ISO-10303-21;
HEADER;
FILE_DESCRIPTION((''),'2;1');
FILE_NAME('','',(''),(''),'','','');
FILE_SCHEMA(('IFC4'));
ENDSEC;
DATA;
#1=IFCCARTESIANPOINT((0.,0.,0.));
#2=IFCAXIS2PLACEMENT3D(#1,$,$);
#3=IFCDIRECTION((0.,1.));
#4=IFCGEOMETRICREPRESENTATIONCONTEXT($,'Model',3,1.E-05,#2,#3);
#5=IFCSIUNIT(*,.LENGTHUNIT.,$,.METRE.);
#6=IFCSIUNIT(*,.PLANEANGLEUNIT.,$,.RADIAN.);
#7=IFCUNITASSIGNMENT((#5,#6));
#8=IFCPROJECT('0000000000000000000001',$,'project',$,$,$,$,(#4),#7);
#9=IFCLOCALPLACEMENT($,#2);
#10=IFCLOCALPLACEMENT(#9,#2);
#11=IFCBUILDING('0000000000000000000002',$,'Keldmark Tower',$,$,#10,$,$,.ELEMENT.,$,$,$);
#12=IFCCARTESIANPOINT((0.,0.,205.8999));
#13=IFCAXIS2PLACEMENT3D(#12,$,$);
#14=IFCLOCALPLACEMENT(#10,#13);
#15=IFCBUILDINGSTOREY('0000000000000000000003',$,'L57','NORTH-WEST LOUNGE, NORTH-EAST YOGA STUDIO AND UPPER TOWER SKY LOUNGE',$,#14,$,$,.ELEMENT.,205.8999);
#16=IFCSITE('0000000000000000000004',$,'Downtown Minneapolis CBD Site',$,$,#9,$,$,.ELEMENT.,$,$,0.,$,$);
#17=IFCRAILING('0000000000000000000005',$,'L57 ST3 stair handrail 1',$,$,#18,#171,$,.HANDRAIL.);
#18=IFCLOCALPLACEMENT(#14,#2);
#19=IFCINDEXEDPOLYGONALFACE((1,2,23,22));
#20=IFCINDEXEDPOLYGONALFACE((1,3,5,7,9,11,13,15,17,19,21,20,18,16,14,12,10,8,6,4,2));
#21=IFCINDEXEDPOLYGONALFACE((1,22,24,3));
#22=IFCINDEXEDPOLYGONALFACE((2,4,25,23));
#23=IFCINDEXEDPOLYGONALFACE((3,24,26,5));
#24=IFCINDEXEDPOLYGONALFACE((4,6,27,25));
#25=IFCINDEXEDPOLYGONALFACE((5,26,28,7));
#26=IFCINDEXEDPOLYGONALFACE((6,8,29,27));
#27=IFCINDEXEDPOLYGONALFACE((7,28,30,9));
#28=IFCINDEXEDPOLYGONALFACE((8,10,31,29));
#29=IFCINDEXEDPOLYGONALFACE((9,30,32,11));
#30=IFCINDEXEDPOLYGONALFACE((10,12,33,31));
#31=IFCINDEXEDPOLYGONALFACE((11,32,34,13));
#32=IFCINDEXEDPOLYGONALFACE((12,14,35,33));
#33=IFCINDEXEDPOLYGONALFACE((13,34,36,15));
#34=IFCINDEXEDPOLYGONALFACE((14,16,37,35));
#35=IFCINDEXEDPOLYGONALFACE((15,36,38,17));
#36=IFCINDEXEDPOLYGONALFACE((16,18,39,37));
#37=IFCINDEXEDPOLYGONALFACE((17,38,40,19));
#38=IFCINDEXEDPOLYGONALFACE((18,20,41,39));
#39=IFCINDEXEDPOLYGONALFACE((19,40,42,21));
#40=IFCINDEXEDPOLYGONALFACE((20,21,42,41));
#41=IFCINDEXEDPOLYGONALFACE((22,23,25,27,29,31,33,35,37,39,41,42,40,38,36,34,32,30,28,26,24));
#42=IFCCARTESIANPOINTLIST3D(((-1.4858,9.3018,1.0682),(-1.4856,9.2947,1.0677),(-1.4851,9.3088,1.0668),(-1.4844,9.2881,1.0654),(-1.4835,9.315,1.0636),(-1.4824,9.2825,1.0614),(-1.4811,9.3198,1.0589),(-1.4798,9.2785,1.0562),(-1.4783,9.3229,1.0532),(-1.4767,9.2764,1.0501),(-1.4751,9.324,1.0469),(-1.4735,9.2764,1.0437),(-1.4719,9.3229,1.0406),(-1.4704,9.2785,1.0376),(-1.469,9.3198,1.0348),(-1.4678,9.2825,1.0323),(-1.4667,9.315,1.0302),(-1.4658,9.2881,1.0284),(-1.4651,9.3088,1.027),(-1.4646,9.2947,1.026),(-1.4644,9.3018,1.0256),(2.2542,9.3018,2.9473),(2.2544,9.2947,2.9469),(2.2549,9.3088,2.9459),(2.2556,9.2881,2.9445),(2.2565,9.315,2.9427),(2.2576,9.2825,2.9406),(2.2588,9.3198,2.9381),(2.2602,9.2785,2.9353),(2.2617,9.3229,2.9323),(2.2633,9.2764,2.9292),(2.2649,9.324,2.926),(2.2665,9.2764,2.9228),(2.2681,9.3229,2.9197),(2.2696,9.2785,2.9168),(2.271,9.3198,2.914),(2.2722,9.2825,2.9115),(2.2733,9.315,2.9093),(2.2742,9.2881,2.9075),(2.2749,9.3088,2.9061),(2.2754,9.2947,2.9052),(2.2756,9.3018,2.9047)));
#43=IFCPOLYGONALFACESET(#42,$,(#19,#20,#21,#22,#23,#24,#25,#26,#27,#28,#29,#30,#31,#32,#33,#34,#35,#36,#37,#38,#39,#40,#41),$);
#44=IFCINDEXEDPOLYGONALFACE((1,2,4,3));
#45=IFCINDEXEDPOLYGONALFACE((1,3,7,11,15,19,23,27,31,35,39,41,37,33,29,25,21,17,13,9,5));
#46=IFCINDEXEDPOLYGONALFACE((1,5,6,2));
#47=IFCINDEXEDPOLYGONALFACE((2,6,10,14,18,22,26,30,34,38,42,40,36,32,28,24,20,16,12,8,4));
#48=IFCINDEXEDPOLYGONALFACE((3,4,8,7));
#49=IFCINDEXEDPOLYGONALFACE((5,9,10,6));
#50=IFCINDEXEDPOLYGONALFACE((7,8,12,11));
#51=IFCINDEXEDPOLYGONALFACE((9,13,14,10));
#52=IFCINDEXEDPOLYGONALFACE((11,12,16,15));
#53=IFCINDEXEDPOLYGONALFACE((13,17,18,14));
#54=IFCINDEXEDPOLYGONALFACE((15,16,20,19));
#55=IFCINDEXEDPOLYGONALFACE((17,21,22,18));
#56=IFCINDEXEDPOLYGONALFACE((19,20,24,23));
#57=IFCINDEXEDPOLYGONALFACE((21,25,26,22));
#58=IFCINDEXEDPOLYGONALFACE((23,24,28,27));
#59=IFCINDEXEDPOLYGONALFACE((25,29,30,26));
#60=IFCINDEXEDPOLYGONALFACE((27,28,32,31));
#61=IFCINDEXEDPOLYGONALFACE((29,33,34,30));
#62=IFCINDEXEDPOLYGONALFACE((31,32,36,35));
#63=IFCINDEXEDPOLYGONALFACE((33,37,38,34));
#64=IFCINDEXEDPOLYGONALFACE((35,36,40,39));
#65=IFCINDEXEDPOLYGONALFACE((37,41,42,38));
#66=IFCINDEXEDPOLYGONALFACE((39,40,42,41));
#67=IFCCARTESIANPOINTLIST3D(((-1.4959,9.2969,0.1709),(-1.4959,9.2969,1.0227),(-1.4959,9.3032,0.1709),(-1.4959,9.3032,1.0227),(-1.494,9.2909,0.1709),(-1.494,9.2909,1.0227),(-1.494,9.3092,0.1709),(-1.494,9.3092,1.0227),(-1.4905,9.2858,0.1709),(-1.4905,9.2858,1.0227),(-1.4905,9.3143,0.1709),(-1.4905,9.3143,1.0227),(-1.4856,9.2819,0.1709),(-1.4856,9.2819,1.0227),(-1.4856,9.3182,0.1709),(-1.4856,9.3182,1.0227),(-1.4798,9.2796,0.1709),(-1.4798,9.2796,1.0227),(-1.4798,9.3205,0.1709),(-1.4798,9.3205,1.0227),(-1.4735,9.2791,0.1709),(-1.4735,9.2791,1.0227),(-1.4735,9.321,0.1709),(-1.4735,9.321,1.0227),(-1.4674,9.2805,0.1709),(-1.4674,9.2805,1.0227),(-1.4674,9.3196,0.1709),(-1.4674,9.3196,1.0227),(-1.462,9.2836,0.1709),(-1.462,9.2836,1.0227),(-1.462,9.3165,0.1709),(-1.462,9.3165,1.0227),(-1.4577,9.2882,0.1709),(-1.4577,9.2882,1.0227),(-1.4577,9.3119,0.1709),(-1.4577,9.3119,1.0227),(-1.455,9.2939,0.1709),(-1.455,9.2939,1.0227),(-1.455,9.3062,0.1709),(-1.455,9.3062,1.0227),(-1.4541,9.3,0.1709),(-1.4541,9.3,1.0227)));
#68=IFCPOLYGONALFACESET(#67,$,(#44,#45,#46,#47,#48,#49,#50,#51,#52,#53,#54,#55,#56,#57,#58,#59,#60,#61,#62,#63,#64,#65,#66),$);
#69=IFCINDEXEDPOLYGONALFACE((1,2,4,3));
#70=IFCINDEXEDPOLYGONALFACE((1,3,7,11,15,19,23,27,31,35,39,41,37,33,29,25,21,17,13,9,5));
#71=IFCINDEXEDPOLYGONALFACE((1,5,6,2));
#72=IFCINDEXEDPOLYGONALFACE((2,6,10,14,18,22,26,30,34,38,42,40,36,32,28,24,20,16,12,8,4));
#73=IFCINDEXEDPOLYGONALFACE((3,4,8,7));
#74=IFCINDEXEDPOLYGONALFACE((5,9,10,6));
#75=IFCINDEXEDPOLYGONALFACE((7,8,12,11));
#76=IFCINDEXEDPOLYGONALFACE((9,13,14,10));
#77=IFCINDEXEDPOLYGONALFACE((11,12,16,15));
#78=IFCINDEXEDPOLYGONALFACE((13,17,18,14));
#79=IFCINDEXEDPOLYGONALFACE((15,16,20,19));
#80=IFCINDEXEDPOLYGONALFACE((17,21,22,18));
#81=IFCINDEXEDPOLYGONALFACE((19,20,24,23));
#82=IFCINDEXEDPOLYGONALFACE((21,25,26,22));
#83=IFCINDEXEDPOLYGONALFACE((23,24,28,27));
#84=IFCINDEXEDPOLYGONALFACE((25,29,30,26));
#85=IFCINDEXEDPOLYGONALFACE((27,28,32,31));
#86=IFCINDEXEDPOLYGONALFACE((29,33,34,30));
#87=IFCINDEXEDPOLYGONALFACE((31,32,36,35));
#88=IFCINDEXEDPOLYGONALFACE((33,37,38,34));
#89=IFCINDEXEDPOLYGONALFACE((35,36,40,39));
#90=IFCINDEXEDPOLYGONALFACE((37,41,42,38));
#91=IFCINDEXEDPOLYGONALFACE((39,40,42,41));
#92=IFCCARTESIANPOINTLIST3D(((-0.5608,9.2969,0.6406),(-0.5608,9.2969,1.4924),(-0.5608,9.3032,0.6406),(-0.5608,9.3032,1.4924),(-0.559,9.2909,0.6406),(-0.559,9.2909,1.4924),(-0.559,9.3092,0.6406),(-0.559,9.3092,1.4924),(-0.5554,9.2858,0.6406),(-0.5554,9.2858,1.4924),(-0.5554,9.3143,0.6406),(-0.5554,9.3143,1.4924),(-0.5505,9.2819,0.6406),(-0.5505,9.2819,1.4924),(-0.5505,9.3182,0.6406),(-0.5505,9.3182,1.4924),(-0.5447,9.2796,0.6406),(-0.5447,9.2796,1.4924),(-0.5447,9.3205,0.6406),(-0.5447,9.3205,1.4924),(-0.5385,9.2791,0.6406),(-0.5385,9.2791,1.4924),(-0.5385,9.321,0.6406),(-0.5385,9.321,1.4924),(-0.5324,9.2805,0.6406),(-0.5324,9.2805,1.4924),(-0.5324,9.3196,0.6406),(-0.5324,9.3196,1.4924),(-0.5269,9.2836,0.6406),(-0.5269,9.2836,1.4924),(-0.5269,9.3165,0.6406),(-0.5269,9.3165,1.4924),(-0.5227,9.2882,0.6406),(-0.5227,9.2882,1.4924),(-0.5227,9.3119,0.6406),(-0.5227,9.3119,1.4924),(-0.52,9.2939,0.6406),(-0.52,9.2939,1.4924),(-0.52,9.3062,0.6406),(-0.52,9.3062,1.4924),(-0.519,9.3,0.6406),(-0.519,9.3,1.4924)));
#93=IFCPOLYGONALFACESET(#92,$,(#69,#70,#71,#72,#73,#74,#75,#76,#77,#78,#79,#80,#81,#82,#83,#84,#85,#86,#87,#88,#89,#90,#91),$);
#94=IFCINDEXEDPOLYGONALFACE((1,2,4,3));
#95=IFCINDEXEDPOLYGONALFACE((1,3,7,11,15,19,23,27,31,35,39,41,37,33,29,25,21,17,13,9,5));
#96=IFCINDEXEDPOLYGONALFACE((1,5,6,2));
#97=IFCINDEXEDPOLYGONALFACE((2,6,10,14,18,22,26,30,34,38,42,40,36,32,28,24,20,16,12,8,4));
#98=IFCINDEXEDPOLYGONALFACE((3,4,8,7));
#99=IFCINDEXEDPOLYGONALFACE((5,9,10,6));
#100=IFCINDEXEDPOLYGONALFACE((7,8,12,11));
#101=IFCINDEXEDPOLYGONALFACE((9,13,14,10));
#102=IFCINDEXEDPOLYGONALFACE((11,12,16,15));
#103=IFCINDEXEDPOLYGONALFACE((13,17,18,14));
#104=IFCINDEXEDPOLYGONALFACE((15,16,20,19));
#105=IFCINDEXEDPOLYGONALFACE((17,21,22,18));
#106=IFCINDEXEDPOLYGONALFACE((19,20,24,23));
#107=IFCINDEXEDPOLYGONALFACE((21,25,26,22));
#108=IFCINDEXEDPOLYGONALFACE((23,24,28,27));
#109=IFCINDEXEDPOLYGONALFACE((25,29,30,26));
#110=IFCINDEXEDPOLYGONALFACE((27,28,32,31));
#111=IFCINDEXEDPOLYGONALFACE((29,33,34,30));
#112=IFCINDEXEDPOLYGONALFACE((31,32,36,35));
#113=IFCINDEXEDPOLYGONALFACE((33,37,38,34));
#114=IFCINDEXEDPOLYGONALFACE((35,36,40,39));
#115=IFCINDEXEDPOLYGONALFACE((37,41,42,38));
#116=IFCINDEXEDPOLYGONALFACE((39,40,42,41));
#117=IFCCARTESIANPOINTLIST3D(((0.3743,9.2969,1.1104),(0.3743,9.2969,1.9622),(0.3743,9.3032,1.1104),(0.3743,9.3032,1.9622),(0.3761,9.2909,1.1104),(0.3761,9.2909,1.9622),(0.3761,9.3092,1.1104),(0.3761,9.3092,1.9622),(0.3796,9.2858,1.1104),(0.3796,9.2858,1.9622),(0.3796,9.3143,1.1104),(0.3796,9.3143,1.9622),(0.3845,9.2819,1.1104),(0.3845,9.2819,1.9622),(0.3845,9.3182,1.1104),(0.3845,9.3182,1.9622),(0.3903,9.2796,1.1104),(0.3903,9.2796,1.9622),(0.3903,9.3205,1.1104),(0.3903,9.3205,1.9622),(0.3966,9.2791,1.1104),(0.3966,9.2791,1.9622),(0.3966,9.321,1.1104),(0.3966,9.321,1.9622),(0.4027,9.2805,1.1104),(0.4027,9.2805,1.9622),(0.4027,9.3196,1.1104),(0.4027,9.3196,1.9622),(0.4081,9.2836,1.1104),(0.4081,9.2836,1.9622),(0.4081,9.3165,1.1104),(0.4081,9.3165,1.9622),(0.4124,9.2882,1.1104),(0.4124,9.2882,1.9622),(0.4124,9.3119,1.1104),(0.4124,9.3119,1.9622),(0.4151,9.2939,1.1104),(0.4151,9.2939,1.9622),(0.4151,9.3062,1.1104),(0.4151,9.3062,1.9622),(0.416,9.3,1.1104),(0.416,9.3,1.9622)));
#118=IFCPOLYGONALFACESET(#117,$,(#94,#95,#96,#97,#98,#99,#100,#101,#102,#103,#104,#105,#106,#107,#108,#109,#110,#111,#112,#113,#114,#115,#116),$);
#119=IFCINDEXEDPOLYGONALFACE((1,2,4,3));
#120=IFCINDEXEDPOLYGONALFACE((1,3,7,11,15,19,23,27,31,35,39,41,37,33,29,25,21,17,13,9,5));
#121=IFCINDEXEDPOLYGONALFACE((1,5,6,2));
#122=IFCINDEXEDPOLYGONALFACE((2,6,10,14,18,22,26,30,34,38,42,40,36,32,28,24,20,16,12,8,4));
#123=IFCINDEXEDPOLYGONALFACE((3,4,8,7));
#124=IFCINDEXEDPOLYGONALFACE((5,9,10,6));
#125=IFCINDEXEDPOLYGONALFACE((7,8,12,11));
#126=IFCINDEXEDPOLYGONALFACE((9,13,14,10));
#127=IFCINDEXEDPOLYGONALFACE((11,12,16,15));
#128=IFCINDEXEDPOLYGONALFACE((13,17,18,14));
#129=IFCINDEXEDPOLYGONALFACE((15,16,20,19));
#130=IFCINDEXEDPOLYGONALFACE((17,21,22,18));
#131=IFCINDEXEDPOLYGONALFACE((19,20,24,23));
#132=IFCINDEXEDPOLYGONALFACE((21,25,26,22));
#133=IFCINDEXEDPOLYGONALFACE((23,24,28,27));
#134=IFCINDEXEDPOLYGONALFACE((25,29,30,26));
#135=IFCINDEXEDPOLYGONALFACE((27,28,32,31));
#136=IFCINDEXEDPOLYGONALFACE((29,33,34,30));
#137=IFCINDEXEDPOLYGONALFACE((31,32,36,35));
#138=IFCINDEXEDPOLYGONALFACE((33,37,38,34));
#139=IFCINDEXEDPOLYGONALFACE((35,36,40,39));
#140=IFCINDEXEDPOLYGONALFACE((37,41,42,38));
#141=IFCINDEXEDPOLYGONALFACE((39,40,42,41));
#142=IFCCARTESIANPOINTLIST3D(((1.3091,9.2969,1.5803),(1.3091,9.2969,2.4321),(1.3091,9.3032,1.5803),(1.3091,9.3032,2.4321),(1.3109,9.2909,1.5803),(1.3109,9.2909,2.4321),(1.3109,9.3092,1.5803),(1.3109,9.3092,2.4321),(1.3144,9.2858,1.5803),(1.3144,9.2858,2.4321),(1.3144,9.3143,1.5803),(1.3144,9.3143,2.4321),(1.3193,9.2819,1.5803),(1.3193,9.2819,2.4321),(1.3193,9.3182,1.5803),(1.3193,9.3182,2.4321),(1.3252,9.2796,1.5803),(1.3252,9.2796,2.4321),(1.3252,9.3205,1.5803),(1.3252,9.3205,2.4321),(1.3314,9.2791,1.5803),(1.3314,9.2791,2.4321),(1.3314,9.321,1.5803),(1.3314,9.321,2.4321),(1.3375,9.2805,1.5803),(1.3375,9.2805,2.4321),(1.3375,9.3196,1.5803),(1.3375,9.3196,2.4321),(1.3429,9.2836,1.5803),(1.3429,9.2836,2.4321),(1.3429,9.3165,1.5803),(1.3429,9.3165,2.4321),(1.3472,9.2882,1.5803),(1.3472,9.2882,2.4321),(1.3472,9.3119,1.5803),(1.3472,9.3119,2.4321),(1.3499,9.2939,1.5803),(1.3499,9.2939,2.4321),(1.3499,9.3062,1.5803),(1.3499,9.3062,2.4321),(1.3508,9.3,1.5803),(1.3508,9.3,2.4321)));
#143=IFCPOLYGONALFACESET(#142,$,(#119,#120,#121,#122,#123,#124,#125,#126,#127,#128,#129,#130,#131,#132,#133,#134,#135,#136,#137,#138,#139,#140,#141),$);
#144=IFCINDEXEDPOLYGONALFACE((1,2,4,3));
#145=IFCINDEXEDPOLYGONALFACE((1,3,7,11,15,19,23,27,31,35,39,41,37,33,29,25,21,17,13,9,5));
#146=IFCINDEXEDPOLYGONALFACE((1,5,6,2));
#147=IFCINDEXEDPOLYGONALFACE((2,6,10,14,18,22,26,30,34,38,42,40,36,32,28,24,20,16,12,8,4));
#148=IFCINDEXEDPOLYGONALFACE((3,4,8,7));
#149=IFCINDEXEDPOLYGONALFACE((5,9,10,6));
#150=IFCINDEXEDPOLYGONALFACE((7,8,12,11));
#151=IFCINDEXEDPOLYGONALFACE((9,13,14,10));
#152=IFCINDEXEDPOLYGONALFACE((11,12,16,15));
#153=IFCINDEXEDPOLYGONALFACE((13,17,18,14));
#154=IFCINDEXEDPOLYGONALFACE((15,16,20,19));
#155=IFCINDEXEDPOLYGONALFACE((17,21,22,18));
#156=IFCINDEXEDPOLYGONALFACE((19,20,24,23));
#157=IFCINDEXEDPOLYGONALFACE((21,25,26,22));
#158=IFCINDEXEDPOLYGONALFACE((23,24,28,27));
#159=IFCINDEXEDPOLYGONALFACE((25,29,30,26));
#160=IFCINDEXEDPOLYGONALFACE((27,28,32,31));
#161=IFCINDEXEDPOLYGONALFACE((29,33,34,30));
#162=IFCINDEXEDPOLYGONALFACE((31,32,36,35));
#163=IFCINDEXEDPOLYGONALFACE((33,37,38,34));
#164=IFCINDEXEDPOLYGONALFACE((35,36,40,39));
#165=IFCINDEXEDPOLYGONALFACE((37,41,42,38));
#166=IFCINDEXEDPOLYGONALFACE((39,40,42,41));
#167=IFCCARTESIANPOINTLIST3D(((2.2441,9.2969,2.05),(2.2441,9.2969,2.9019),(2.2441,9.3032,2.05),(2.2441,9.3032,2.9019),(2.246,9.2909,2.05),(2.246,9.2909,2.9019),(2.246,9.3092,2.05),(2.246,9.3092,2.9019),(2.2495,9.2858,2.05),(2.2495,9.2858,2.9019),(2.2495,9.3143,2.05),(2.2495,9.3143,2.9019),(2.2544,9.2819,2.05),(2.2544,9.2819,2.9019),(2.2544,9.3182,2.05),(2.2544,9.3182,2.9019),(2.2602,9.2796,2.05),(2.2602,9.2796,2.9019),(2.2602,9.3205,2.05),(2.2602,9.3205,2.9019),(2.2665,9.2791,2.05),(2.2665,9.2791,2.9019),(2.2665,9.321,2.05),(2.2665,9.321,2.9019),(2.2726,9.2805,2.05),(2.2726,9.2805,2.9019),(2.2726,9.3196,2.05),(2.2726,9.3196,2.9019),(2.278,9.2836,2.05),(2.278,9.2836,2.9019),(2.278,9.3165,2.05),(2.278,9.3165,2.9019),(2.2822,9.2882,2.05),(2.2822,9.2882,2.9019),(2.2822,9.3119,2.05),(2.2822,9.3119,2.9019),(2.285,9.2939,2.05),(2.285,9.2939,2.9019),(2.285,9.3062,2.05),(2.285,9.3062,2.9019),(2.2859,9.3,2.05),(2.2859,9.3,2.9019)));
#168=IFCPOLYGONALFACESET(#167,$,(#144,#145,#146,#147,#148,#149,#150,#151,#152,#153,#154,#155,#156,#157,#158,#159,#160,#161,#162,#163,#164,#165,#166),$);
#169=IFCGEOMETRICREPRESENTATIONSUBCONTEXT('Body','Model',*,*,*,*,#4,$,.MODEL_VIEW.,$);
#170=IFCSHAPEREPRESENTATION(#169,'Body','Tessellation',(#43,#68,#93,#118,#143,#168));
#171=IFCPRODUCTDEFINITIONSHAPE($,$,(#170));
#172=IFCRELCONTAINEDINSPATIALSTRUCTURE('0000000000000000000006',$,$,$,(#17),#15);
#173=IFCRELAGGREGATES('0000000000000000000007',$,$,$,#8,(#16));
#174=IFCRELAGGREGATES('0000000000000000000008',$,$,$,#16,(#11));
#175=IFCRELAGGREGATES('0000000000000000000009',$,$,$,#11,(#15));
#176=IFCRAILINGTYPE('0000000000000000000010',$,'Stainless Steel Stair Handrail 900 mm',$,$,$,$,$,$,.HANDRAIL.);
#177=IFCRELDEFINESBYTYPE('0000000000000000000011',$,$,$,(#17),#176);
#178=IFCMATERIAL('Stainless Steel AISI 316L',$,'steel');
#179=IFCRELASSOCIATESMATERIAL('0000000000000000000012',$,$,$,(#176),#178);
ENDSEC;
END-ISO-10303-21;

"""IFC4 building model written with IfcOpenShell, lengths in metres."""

from ifc_helpers import new_model, si_unit, direction, frame, origin, origin_2d, place, context, subcontext, project, spatial, circle, extrude, material, type_object, element, save


model = new_model("IFC4")

# Units and contexts
model_context = context("Model", 3, precision=1e-05, world=origin(), true_north=direction((0.0, 1.0)))
body_context = subcontext(model_context, "Body", "Model", "MODEL_VIEW")
ifc_project = project(units=[si_unit("LENGTHUNIT", "METRE"), si_unit("PLANEANGLEUNIT", "RADIAN")], contexts=[model_context])

# Site, building, storey
site_placement = place(None, origin())
site = spatial("IfcSite", under=ifc_project, at=site_placement, Name="Downtown Minneapolis CBD Site", CompositionType="ELEMENT", RefElevation=0.0)
building_placement = place(site_placement, origin())
building = spatial("IfcBuilding", under=site, at=building_placement, Name="Keldmark Tower", CompositionType="ELEMENT")
storey_placement = place(building_placement, frame((0.0, 0.0, 205.8999)))
storey = spatial("IfcBuildingStorey", under=building, at=storey_placement, Name="L57", Description="NORTH-WEST LOUNGE, NORTH-EAST YOGA STUDIO AND UPPER TOWER SKY LOUNGE", CompositionType="ELEMENT", Elevation=205.8999)

# Railing
ifc_material_1 = material(Name="Stainless Steel AISI 316L", Category="steel")
railing_type = type_object("IfcRailingType", Name="Stainless Steel Stair Handrail 900 mm", PredefinedType="HANDRAIL", material=ifc_material_1)
railing_placement = place(storey_placement, frame((-1.4751, 9.3, 0.1709)))
element("IfcRailing", 1, at=railing_placement, inside=storey, type_object=railing_type, Name="L57 ST3 stair handrail 1", PredefinedType="HANDRAIL", context=body_context, shape_type="SweptSolid", body=[
    extrude(circle(Radius=0.0239, at=origin_2d()), frame((0.0, 0.0, 0.876), z_axis=(0.893551, 0.0, 0.448963), x_axis=(0.0, 1.0, 0.0)), (0.0, 0.0, 1.0), 4.1855),
    extrude(circle(Radius=0.021, at=origin_2d()), origin(), (0.0, 0.0, 1.0), 0.8518),
    extrude(circle(Radius=0.021, at=origin_2d()), frame((0.9351, 0.0, 0.4697)), (0.0, 0.0, 1.0), 0.8518),
    extrude(circle(Radius=0.021, at=origin_2d()), frame((1.8701, 0.0, 0.9395)), (0.0, 0.0, 1.0), 0.8518),
    extrude(circle(Radius=0.021, at=origin_2d()), frame((2.8049, 0.0, 1.4094)), (0.0, 0.0, 1.0), 0.8518),
    extrude(circle(Radius=0.021, at=origin_2d()), frame((3.74, 0.0, 1.8792)), (0.0, 0.0, 1.0), 0.8518),
])

save(model, "model.ifc")
